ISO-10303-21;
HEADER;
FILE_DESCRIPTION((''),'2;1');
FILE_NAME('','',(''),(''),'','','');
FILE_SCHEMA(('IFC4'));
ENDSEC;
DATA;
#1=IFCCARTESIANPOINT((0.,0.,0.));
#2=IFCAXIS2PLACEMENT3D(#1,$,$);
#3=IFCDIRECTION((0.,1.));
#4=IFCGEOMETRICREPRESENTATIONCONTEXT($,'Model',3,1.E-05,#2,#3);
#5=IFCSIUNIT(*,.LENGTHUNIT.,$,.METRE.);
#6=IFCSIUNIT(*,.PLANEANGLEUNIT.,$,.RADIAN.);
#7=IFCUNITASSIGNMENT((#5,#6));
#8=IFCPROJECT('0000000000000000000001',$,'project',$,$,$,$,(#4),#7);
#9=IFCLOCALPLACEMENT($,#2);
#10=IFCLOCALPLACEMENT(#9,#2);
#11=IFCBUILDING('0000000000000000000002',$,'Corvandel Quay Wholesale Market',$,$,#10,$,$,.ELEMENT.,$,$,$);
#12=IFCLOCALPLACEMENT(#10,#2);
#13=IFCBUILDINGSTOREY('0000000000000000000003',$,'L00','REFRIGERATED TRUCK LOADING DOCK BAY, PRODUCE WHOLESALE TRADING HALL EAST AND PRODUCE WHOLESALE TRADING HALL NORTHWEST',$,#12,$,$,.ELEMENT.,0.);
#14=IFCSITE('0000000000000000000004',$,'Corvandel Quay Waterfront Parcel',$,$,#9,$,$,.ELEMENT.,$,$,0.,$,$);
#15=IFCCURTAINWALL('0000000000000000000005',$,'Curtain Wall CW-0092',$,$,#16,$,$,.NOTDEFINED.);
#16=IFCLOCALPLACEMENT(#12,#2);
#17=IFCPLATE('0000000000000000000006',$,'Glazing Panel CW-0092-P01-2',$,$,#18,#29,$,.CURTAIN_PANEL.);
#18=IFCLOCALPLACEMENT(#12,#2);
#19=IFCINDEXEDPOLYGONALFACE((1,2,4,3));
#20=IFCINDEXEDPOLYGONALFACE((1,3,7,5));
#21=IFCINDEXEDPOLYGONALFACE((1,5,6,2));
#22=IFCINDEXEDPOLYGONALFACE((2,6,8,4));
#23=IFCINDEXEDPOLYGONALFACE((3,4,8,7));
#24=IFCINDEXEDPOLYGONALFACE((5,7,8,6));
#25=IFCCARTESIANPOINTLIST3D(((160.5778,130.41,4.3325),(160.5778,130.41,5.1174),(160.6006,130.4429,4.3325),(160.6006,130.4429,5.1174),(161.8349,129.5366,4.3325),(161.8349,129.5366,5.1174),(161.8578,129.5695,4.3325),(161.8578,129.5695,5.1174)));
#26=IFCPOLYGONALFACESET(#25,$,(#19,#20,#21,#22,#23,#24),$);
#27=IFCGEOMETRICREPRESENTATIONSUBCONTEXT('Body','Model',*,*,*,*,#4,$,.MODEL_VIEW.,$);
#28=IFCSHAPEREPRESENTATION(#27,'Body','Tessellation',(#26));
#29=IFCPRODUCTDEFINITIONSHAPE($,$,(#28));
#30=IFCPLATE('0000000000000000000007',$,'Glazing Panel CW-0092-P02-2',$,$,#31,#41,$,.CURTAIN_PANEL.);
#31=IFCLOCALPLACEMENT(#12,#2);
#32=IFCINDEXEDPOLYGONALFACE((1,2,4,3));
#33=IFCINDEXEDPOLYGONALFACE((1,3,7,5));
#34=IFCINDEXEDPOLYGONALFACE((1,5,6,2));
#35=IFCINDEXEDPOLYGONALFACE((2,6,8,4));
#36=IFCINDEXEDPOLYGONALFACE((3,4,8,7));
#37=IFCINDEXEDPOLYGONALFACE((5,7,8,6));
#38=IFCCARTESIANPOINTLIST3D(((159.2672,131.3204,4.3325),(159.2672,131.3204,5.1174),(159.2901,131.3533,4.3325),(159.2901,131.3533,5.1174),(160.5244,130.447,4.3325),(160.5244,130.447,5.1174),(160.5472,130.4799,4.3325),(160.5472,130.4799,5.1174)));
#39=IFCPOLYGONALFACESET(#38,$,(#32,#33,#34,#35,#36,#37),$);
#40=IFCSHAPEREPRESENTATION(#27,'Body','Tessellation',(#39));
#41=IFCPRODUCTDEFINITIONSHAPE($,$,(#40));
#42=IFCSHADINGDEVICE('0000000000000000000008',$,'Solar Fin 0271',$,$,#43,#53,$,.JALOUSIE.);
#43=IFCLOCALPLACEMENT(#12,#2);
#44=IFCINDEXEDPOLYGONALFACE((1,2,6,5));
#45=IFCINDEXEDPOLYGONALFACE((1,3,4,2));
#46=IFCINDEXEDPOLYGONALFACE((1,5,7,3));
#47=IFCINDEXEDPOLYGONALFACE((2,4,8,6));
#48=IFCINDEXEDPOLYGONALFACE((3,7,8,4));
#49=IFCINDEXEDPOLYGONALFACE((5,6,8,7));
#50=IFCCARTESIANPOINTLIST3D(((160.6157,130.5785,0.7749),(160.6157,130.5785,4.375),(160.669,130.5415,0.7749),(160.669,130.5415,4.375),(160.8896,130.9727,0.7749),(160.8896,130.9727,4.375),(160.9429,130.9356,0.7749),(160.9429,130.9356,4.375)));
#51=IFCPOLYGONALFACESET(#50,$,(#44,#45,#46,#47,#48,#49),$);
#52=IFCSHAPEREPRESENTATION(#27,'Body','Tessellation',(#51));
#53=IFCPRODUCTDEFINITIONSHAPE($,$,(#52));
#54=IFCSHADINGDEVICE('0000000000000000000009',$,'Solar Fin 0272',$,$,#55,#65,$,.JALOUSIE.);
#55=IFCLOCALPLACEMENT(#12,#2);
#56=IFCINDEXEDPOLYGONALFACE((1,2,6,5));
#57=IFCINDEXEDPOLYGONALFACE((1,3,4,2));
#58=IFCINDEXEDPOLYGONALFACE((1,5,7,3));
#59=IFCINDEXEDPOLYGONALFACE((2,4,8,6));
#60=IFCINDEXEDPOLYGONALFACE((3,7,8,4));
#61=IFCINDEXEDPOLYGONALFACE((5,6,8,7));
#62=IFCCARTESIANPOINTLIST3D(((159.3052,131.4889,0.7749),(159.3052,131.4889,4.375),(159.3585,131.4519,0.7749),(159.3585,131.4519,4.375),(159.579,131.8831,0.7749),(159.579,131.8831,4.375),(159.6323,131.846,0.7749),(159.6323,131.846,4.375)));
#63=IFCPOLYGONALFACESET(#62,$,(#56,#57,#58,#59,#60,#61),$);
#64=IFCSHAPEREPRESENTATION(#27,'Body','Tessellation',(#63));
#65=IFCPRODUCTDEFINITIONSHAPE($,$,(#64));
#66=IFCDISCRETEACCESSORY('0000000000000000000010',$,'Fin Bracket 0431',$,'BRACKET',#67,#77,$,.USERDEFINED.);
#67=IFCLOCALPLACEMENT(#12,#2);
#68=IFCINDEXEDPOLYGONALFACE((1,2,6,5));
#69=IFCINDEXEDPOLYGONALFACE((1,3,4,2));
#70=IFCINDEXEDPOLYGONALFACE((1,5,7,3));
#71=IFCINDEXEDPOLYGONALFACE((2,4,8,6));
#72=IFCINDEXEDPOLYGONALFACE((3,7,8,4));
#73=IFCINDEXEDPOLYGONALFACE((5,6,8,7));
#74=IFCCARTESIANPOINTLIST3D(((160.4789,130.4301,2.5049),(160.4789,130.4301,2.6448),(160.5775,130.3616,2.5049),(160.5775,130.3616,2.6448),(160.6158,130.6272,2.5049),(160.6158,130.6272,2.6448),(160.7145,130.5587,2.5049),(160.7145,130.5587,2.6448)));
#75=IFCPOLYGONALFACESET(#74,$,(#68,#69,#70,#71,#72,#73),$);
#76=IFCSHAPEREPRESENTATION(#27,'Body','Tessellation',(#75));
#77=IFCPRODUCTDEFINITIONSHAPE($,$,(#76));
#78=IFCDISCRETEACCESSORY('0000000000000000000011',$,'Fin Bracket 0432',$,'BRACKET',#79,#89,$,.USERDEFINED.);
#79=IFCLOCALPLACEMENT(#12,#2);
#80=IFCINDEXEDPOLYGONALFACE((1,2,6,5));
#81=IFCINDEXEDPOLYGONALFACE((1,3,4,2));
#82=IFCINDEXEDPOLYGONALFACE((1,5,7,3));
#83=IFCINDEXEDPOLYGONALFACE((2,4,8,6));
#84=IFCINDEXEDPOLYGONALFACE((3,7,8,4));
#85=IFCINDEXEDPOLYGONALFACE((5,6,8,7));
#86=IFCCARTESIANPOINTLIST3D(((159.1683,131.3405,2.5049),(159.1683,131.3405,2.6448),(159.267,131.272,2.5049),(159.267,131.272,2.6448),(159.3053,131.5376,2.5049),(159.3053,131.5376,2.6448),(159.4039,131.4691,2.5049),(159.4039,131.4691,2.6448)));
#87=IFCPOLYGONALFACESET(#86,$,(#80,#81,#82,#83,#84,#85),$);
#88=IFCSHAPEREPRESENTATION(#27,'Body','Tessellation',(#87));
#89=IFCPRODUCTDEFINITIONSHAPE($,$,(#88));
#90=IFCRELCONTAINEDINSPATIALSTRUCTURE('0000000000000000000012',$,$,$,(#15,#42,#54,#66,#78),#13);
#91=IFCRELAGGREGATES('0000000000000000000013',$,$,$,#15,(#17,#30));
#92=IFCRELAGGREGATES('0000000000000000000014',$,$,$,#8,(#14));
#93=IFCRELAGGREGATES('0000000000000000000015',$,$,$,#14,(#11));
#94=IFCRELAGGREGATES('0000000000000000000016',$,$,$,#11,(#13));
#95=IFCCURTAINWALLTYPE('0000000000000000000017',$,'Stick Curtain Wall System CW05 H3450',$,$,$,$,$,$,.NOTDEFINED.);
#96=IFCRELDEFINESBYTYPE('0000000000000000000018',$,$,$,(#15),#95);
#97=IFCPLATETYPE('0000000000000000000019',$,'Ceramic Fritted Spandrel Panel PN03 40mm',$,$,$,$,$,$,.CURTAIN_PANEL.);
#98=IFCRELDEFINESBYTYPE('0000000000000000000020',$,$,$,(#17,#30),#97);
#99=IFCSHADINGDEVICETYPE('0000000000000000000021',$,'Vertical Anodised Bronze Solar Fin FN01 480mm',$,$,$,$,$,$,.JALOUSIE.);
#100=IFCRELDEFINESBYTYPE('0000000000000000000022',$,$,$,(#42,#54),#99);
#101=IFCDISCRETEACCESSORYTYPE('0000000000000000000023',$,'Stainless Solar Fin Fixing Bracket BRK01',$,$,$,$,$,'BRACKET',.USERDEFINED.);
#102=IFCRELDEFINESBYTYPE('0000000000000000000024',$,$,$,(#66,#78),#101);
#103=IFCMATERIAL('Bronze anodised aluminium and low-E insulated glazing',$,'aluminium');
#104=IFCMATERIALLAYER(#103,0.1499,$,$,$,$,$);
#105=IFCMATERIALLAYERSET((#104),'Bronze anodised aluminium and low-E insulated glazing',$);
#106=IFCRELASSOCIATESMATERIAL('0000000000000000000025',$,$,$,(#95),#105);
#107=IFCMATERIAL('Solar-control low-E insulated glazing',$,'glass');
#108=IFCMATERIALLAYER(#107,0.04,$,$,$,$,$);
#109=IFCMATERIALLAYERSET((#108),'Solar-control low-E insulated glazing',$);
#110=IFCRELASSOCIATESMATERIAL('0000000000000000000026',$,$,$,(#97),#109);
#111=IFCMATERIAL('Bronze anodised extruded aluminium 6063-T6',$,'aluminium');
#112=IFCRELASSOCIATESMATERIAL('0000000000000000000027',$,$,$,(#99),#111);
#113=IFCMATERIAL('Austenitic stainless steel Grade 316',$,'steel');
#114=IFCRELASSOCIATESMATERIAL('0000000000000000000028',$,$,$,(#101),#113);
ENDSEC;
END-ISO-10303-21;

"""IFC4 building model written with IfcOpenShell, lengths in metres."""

from ifc_helpers import new_model, si_unit, direction, frame, origin, origin_2d, place, context, subcontext, project, spatial, rectangle, extrude, material, layer, layer_set, type_object, element, aggregate, save


model = new_model("IFC4")

# Units and contexts
model_context = context("Model", 3, precision=1e-05, world=origin(), true_north=direction((0.0, 1.0)))
body_context = subcontext(model_context, "Body", "Model", "MODEL_VIEW")
ifc_project = project(units=[si_unit("LENGTHUNIT", "METRE"), si_unit("PLANEANGLEUNIT", "RADIAN")], contexts=[model_context])

# Site, building, storey
site_placement = place(None, origin())
site = spatial("IfcSite", under=ifc_project, at=site_placement, Name="Corvandel Quay Waterfront Parcel", CompositionType="ELEMENT", RefElevation=0.0)
building_placement = place(site_placement, origin())
building = spatial("IfcBuilding", under=site, at=building_placement, Name="Corvandel Quay Wholesale Market", CompositionType="ELEMENT")
storey_placement = place(building_placement, origin())
storey = spatial("IfcBuildingStorey", under=building, at=storey_placement, Name="L00", Description="REFRIGERATED TRUCK LOADING DOCK BAY, PRODUCE WHOLESALE TRADING HALL EAST AND PRODUCE WHOLESALE TRADING HALL NORTHWEST", CompositionType="ELEMENT", Elevation=0.0)

# Curtain wall, plates
ifc_material_1 = material(Name="Bronze anodised aluminium and low-E insulated glazing", Category="aluminium")
ifc_layer_1 = layer(ifc_material_1, 0.1499)
ifc_layer_set_1 = layer_set([ifc_layer_1], Name="Bronze anodised aluminium and low-E insulated glazing")
curtain_wall_type = type_object("IfcCurtainWallType", Name="Stick Curtain Wall System CW05 H3450", PredefinedType="NOTDEFINED", material=ifc_layer_set_1)
curtain_wall_placement = place(storey_placement, origin())
curtain_wall = element("IfcCurtainWall", 1, at=curtain_wall_placement, inside=storey, type_object=curtain_wall_type, Name="Curtain Wall CW-0092", PredefinedType="NOTDEFINED")
ifc_material_2 = material(Name="Solar-control low-E insulated glazing", Category="glass")
ifc_layer_2 = layer(ifc_material_2, 0.04)
ifc_layer_set_2 = layer_set([ifc_layer_2], Name="Solar-control low-E insulated glazing")
plate_type_1 = type_object("IfcPlateType", Name="Ceramic Fritted Spandrel Panel PN03 40mm", PredefinedType="CURTAIN_PANEL", material=ifc_layer_set_2)
plate_1_placement = place(storey_placement, frame((161.2178, 129.9897, 4.3325), z_axis=(0.0, 0.0, 1.0), x_axis=(-0.821249, 0.57057, 0.0)))
plate_1 = element("IfcPlate", 2, at=plate_1_placement, type_object=plate_type_1, Name="Glazing Panel CW-0092-P01-2", PredefinedType="CURTAIN_PANEL", context=body_context, shape_type="SweptSolid", body=[
    extrude(rectangle(XDim=1.5308, YDim=0.04, at=origin_2d()), origin(), (0.0, 0.0, 1.0), 0.7849),
])
plate_2_placement = place(storey_placement, frame((159.9072, 130.9001, 4.3325), z_axis=(0.0, 0.0, 1.0), x_axis=(-0.821249, 0.57057, 0.0)))
plate_2 = element("IfcPlate", 3, at=plate_2_placement, type_object=plate_type_1, Name="Glazing Panel CW-0092-P02-2", PredefinedType="CURTAIN_PANEL", context=body_context, shape_type="SweptSolid", body=[
    extrude(rectangle(XDim=1.5308, YDim=0.04, at=origin_2d()), origin(), (0.0, 0.0, 1.0), 0.7849),
])
aggregate(curtain_wall, [plate_1, plate_2])

# Shading devices
ifc_material_3 = material(Name="Bronze anodised extruded aluminium 6063-T6", Category="aluminium")
shading_device_type = type_object("IfcShadingDeviceType", Name="Vertical Anodised Bronze Solar Fin FN01 480mm", PredefinedType="JALOUSIE", material=ifc_material_3)
for number, where, z_axis, x_axis, name in (
    (4, (160.7793, 130.7571, 0.7749), (0.0, 0.0, 1.0), (0.57057, 0.821249, 0.0), "Solar Fin 0271"),
    (5, (159.4688, 131.6675, 0.7749), (0.0, 0.0, 1.0), (0.57057, 0.821249, 0.0), "Solar Fin 0272"),
):
    element("IfcShadingDevice", number, at=place(storey_placement, frame(where, z_axis=z_axis, x_axis=x_axis)), inside=storey, type_object=shading_device_type, Name=name, PredefinedType="JALOUSIE", context=body_context, shape_type="SweptSolid", body=[
        extrude(rectangle(XDim=0.48, YDim=0.0649, at=origin_2d()), origin(), (0.0, 0.0, 1.0), 3.6001),
    ])

# Discrete accessories
ifc_material_4 = material(Name="Austenitic stainless steel Grade 316", Category="steel")
discrete_accessory_type = type_object("IfcDiscreteAccessoryType", Name="Stainless Solar Fin Fixing Bracket BRK01", ElementType="BRACKET", PredefinedType="USERDEFINED", material=ifc_material_4)
for number, where, z_axis, x_axis, name in (
    (6, (160.5967, 130.4944, 2.5049), (0.0, 0.0, 1.0), (0.57057, 0.821249, 0.0), "Fin Bracket 0431"),
    (7, (159.2861, 131.4048, 2.5049), (0.0, 0.0, 1.0), (0.57057, 0.821249, 0.0), "Fin Bracket 0432"),
):
    element("IfcDiscreteAccessory", number, at=place(storey_placement, frame(where, z_axis=z_axis, x_axis=x_axis)), inside=storey, type_object=discrete_accessory_type, Name=name, ObjectType="BRACKET", PredefinedType="USERDEFINED", context=body_context, shape_type="SweptSolid", body=[
        extrude(rectangle(XDim=0.24, YDim=0.1201, at=origin_2d()), origin(), (0.0, 0.0, 1.0), 0.1399),
    ])

save(model, "model.ifc")
